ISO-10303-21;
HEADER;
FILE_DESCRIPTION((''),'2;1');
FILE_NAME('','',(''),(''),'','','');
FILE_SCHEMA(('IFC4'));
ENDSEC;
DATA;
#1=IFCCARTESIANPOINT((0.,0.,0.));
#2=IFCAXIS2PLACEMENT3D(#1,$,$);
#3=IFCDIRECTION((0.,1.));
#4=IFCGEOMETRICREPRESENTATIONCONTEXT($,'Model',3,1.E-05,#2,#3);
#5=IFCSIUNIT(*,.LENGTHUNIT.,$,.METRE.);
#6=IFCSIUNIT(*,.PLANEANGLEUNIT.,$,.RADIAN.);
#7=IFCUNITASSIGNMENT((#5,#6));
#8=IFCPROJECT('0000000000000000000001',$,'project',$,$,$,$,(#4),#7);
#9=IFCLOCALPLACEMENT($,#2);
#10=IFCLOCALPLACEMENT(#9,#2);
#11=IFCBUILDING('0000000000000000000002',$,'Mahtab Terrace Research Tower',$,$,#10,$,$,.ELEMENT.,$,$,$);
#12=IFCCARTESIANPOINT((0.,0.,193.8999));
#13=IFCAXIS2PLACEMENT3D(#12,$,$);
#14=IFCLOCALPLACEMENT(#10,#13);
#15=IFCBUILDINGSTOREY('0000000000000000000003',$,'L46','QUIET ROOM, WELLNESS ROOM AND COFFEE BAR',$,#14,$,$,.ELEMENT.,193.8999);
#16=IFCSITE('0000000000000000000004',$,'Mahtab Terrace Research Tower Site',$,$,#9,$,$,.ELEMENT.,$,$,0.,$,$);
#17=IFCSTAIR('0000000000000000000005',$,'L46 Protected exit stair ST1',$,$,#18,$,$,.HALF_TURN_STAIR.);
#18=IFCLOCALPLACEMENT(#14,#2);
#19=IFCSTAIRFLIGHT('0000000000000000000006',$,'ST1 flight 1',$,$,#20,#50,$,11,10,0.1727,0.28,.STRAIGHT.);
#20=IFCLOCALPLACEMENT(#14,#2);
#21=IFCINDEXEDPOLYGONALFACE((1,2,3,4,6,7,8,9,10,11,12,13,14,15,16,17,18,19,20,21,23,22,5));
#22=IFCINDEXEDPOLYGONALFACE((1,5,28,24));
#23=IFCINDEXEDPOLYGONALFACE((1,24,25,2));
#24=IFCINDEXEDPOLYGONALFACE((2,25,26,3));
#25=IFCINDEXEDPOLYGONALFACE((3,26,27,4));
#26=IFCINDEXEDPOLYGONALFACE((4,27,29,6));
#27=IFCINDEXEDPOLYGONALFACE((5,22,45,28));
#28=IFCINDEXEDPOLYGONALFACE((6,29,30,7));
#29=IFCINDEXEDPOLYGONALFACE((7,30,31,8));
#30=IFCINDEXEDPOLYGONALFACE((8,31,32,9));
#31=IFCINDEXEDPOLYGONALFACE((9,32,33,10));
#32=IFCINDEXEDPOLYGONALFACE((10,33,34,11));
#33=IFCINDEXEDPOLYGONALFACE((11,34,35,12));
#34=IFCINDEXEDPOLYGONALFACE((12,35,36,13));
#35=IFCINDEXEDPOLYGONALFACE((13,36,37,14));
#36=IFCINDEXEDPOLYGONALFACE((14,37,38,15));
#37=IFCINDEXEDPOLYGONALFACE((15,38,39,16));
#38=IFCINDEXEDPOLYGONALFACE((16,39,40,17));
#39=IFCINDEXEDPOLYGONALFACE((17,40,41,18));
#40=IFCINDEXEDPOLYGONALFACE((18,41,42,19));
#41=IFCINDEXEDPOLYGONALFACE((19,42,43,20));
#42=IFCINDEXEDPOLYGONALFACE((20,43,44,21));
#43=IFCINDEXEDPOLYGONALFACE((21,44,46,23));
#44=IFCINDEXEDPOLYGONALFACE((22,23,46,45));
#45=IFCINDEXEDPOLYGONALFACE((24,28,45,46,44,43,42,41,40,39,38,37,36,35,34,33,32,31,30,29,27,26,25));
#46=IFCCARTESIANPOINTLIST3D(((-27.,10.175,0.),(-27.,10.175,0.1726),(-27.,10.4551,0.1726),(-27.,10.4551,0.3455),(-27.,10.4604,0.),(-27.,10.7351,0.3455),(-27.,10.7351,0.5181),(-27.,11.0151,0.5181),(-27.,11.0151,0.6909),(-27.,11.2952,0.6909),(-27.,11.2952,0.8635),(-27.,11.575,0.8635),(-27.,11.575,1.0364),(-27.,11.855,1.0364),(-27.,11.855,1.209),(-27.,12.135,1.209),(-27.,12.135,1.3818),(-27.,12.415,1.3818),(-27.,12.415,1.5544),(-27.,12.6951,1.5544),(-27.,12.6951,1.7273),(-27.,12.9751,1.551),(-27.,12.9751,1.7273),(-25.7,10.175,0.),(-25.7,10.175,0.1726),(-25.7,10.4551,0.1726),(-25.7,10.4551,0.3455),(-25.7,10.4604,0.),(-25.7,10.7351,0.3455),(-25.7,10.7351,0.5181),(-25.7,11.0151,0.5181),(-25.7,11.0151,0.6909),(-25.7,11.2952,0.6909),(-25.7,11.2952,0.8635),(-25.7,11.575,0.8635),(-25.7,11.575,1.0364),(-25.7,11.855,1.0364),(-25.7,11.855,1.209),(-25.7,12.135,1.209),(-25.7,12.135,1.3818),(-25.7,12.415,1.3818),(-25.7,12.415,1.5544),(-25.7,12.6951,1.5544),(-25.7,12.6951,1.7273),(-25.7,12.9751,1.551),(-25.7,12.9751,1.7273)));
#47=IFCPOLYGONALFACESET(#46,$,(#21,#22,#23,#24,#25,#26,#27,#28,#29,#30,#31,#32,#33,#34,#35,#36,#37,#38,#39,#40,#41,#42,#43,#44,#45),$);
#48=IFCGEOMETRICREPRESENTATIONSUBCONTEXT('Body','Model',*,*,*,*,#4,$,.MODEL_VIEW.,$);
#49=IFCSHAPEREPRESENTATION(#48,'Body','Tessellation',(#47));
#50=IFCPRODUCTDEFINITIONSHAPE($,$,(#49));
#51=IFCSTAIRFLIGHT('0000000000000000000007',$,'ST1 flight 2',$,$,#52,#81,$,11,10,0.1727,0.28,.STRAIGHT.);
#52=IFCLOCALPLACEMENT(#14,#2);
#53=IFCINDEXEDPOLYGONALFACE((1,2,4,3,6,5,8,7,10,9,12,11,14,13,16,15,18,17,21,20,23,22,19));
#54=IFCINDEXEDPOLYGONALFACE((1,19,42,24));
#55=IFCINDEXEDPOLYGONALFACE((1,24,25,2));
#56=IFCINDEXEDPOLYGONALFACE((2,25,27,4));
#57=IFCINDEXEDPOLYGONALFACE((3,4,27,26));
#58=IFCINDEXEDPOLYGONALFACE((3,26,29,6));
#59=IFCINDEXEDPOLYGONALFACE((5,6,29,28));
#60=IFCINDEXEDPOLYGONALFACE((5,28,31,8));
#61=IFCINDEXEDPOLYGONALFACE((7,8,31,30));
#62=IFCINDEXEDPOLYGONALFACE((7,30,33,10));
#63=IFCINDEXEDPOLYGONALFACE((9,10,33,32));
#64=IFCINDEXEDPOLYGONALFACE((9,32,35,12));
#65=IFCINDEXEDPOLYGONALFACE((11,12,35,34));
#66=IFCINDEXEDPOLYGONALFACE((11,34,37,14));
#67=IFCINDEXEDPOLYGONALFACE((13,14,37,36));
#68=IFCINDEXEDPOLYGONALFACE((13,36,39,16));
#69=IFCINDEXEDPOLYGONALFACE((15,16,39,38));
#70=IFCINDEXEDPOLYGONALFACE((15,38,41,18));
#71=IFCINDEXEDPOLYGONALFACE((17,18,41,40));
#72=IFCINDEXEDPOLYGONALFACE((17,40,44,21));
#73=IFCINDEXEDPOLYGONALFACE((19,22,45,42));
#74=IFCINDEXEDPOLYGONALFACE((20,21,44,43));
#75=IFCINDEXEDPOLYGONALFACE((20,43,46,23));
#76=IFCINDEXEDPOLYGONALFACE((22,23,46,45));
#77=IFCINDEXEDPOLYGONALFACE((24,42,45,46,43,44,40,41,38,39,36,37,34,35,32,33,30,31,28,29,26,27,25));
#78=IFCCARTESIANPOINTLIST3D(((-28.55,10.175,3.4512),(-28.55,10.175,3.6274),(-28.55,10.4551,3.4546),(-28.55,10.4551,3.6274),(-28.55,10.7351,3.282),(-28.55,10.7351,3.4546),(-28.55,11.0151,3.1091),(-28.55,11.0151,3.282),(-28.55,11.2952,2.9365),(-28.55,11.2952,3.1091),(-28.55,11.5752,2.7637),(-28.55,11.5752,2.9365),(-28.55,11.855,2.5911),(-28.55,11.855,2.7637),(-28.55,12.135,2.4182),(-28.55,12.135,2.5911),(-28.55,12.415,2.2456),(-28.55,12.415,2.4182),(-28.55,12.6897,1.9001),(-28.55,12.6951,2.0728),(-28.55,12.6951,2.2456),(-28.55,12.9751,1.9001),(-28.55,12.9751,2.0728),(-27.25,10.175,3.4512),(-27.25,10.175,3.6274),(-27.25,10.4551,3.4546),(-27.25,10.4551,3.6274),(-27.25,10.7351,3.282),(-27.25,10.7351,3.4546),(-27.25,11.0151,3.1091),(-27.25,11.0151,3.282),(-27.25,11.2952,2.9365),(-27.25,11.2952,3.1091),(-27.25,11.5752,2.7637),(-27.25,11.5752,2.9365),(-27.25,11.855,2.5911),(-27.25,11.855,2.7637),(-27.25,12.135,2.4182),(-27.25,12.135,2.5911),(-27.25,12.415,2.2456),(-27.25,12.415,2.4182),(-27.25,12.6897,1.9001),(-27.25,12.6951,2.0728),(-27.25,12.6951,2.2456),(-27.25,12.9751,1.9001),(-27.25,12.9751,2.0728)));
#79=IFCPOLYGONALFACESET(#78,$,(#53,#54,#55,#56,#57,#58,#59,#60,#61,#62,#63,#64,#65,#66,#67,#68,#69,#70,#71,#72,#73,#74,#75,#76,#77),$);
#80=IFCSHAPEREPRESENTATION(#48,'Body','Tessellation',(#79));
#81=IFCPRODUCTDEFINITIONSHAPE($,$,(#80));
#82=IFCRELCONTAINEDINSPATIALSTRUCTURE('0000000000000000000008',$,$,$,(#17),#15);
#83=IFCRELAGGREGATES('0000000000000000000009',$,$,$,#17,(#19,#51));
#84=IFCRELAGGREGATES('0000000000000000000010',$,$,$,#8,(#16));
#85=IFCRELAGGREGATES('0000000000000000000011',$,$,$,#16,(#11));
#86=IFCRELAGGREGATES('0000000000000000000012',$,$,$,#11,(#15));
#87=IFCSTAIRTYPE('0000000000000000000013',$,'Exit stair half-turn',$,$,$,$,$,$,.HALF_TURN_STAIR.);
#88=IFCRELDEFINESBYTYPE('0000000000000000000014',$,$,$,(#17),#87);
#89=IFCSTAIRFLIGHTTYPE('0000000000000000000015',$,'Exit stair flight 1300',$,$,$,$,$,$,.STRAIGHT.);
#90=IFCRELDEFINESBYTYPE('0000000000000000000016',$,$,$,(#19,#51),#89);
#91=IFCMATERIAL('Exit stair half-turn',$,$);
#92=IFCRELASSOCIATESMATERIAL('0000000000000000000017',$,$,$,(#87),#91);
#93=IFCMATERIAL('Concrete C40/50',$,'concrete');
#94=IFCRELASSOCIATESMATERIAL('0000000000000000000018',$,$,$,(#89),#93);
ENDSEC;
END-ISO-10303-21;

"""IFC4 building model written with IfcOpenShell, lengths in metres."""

from ifc_helpers import new_model, si_unit, direction, frame, origin, place, context, subcontext, project, spatial, polyline, outline, extrude, material, type_object, element, aggregate, save


model = new_model("IFC4")

# Units and contexts
model_context = context("Model", 3, precision=1e-05, world=origin(), true_north=direction((0.0, 1.0)))
body_context = subcontext(model_context, "Body", "Model", "MODEL_VIEW")
ifc_project = project(units=[si_unit("LENGTHUNIT", "METRE"), si_unit("PLANEANGLEUNIT", "RADIAN")], contexts=[model_context])

# Site, building, storey
site_placement = place(None, origin())
site = spatial("IfcSite", under=ifc_project, at=site_placement, Name="Mahtab Terrace Research Tower Site", CompositionType="ELEMENT", RefElevation=0.0)
building_placement = place(site_placement, origin())
building = spatial("IfcBuilding", under=site, at=building_placement, Name="Mahtab Terrace Research Tower", CompositionType="ELEMENT")
storey_placement = place(building_placement, frame((0.0, 0.0, 193.8999)))
storey = spatial("IfcBuildingStorey", under=building, at=storey_placement, Name="L46", Description="QUIET ROOM, WELLNESS ROOM AND COFFEE BAR", CompositionType="ELEMENT", Elevation=193.8999)

# Stair, stair flights
ifc_material_1 = material(Name="Exit stair half-turn")
stair_type = type_object("IfcStairType", Name="Exit stair half-turn", PredefinedType="HALF_TURN_STAIR", material=ifc_material_1)
stair_placement = place(storey_placement, origin())
stair = element("IfcStair", 1, at=stair_placement, inside=storey, type_object=stair_type, Name="L46 Protected exit stair ST1", PredefinedType="HALF_TURN_STAIR")
ifc_material_2 = material(Name="Concrete C40/50", Category="concrete")
stair_flight_type = type_object("IfcStairFlightType", Name="Exit stair flight 1300", PredefinedType="STRAIGHT", material=ifc_material_2)
stair_flight_1_placement = place(storey_placement, frame((-26.3501, 10.175, 0.0), z_axis=(0.0, 0.0, 1.0), x_axis=(0.0, 1.0, 0.0)))
stair_flight_1 = element("IfcStairFlight", 2, at=stair_flight_1_placement, type_object=stair_flight_type, Name="ST1 flight 1", NumberOfRisers=11, NumberOfTreads=10, PredefinedType="STRAIGHT", RiserHeight=0.1727, TreadLength=0.28, context=body_context, shape_type="SweptSolid", body=[
    extrude(outline(polyline([(0.0, 0.0), (0.0, 0.1726), (0.28, 0.1726), (0.28, 0.3455), (0.5601, 0.3455), (0.5601, 0.5181), (0.8401, 0.5181), (0.8401, 0.6909), (1.1201, 0.6909), (1.1201, 0.8635), (1.3999, 0.8635), (1.3999, 1.0364), (1.6799, 1.0364), (1.6799, 1.209), (1.96, 1.209), (1.96, 1.3818), (2.24, 1.3818), (2.24, 1.5544), (2.52, 1.5544), (2.52, 1.7273), (2.8, 1.7273), (2.8, 1.8999), (2.8, 1.551), (0.2854, 0.0), (0.0, 0.0)])), frame((0.0, 0.6499, 0.0), z_axis=(0.0, -1.0, 0.0), x_axis=(1.0, 0.0, 0.0)), (0.0, 0.0, 1.0), 1.3),
])
stair_flight_2_placement = place(storey_placement, frame((-27.8999, 12.9751, 1.9001), z_axis=(0.0, 0.0, 1.0), x_axis=(0.0, -1.0, 0.0)))
stair_flight_2 = element("IfcStairFlight", 3, at=stair_flight_2_placement, type_object=stair_flight_type, Name="ST1 flight 2", NumberOfRisers=11, NumberOfTreads=10, PredefinedType="STRAIGHT", RiserHeight=0.1727, TreadLength=0.28, context=body_context, shape_type="SweptSolid", body=[
    extrude(outline(polyline([(0.0, 0.0), (0.0, 0.1726), (0.28, 0.1726), (0.28, 0.3455), (0.5601, 0.3455), (0.5601, 0.5181), (0.8401, 0.5181), (0.8401, 0.6909), (1.1201, 0.6909), (1.1201, 0.8635), (1.3999, 0.8635), (1.3999, 1.0364), (1.6799, 1.0364), (1.6799, 1.209), (1.96, 1.209), (1.96, 1.3818), (2.24, 1.3818), (2.24, 1.5544), (2.52, 1.5544), (2.52, 1.7273), (2.8, 1.7273), (2.8, 1.8999), (2.8, 1.551), (0.2854, 0.0), (0.0, 0.0)])), frame((0.0, 0.6499, 0.0), z_axis=(0.0, -1.0, 0.0), x_axis=(1.0, 0.0, 0.0)), (0.0, 0.0, 1.0), 1.3),
])
aggregate(stair, [stair_flight_1, stair_flight_2])

save(model, "model.ifc")
